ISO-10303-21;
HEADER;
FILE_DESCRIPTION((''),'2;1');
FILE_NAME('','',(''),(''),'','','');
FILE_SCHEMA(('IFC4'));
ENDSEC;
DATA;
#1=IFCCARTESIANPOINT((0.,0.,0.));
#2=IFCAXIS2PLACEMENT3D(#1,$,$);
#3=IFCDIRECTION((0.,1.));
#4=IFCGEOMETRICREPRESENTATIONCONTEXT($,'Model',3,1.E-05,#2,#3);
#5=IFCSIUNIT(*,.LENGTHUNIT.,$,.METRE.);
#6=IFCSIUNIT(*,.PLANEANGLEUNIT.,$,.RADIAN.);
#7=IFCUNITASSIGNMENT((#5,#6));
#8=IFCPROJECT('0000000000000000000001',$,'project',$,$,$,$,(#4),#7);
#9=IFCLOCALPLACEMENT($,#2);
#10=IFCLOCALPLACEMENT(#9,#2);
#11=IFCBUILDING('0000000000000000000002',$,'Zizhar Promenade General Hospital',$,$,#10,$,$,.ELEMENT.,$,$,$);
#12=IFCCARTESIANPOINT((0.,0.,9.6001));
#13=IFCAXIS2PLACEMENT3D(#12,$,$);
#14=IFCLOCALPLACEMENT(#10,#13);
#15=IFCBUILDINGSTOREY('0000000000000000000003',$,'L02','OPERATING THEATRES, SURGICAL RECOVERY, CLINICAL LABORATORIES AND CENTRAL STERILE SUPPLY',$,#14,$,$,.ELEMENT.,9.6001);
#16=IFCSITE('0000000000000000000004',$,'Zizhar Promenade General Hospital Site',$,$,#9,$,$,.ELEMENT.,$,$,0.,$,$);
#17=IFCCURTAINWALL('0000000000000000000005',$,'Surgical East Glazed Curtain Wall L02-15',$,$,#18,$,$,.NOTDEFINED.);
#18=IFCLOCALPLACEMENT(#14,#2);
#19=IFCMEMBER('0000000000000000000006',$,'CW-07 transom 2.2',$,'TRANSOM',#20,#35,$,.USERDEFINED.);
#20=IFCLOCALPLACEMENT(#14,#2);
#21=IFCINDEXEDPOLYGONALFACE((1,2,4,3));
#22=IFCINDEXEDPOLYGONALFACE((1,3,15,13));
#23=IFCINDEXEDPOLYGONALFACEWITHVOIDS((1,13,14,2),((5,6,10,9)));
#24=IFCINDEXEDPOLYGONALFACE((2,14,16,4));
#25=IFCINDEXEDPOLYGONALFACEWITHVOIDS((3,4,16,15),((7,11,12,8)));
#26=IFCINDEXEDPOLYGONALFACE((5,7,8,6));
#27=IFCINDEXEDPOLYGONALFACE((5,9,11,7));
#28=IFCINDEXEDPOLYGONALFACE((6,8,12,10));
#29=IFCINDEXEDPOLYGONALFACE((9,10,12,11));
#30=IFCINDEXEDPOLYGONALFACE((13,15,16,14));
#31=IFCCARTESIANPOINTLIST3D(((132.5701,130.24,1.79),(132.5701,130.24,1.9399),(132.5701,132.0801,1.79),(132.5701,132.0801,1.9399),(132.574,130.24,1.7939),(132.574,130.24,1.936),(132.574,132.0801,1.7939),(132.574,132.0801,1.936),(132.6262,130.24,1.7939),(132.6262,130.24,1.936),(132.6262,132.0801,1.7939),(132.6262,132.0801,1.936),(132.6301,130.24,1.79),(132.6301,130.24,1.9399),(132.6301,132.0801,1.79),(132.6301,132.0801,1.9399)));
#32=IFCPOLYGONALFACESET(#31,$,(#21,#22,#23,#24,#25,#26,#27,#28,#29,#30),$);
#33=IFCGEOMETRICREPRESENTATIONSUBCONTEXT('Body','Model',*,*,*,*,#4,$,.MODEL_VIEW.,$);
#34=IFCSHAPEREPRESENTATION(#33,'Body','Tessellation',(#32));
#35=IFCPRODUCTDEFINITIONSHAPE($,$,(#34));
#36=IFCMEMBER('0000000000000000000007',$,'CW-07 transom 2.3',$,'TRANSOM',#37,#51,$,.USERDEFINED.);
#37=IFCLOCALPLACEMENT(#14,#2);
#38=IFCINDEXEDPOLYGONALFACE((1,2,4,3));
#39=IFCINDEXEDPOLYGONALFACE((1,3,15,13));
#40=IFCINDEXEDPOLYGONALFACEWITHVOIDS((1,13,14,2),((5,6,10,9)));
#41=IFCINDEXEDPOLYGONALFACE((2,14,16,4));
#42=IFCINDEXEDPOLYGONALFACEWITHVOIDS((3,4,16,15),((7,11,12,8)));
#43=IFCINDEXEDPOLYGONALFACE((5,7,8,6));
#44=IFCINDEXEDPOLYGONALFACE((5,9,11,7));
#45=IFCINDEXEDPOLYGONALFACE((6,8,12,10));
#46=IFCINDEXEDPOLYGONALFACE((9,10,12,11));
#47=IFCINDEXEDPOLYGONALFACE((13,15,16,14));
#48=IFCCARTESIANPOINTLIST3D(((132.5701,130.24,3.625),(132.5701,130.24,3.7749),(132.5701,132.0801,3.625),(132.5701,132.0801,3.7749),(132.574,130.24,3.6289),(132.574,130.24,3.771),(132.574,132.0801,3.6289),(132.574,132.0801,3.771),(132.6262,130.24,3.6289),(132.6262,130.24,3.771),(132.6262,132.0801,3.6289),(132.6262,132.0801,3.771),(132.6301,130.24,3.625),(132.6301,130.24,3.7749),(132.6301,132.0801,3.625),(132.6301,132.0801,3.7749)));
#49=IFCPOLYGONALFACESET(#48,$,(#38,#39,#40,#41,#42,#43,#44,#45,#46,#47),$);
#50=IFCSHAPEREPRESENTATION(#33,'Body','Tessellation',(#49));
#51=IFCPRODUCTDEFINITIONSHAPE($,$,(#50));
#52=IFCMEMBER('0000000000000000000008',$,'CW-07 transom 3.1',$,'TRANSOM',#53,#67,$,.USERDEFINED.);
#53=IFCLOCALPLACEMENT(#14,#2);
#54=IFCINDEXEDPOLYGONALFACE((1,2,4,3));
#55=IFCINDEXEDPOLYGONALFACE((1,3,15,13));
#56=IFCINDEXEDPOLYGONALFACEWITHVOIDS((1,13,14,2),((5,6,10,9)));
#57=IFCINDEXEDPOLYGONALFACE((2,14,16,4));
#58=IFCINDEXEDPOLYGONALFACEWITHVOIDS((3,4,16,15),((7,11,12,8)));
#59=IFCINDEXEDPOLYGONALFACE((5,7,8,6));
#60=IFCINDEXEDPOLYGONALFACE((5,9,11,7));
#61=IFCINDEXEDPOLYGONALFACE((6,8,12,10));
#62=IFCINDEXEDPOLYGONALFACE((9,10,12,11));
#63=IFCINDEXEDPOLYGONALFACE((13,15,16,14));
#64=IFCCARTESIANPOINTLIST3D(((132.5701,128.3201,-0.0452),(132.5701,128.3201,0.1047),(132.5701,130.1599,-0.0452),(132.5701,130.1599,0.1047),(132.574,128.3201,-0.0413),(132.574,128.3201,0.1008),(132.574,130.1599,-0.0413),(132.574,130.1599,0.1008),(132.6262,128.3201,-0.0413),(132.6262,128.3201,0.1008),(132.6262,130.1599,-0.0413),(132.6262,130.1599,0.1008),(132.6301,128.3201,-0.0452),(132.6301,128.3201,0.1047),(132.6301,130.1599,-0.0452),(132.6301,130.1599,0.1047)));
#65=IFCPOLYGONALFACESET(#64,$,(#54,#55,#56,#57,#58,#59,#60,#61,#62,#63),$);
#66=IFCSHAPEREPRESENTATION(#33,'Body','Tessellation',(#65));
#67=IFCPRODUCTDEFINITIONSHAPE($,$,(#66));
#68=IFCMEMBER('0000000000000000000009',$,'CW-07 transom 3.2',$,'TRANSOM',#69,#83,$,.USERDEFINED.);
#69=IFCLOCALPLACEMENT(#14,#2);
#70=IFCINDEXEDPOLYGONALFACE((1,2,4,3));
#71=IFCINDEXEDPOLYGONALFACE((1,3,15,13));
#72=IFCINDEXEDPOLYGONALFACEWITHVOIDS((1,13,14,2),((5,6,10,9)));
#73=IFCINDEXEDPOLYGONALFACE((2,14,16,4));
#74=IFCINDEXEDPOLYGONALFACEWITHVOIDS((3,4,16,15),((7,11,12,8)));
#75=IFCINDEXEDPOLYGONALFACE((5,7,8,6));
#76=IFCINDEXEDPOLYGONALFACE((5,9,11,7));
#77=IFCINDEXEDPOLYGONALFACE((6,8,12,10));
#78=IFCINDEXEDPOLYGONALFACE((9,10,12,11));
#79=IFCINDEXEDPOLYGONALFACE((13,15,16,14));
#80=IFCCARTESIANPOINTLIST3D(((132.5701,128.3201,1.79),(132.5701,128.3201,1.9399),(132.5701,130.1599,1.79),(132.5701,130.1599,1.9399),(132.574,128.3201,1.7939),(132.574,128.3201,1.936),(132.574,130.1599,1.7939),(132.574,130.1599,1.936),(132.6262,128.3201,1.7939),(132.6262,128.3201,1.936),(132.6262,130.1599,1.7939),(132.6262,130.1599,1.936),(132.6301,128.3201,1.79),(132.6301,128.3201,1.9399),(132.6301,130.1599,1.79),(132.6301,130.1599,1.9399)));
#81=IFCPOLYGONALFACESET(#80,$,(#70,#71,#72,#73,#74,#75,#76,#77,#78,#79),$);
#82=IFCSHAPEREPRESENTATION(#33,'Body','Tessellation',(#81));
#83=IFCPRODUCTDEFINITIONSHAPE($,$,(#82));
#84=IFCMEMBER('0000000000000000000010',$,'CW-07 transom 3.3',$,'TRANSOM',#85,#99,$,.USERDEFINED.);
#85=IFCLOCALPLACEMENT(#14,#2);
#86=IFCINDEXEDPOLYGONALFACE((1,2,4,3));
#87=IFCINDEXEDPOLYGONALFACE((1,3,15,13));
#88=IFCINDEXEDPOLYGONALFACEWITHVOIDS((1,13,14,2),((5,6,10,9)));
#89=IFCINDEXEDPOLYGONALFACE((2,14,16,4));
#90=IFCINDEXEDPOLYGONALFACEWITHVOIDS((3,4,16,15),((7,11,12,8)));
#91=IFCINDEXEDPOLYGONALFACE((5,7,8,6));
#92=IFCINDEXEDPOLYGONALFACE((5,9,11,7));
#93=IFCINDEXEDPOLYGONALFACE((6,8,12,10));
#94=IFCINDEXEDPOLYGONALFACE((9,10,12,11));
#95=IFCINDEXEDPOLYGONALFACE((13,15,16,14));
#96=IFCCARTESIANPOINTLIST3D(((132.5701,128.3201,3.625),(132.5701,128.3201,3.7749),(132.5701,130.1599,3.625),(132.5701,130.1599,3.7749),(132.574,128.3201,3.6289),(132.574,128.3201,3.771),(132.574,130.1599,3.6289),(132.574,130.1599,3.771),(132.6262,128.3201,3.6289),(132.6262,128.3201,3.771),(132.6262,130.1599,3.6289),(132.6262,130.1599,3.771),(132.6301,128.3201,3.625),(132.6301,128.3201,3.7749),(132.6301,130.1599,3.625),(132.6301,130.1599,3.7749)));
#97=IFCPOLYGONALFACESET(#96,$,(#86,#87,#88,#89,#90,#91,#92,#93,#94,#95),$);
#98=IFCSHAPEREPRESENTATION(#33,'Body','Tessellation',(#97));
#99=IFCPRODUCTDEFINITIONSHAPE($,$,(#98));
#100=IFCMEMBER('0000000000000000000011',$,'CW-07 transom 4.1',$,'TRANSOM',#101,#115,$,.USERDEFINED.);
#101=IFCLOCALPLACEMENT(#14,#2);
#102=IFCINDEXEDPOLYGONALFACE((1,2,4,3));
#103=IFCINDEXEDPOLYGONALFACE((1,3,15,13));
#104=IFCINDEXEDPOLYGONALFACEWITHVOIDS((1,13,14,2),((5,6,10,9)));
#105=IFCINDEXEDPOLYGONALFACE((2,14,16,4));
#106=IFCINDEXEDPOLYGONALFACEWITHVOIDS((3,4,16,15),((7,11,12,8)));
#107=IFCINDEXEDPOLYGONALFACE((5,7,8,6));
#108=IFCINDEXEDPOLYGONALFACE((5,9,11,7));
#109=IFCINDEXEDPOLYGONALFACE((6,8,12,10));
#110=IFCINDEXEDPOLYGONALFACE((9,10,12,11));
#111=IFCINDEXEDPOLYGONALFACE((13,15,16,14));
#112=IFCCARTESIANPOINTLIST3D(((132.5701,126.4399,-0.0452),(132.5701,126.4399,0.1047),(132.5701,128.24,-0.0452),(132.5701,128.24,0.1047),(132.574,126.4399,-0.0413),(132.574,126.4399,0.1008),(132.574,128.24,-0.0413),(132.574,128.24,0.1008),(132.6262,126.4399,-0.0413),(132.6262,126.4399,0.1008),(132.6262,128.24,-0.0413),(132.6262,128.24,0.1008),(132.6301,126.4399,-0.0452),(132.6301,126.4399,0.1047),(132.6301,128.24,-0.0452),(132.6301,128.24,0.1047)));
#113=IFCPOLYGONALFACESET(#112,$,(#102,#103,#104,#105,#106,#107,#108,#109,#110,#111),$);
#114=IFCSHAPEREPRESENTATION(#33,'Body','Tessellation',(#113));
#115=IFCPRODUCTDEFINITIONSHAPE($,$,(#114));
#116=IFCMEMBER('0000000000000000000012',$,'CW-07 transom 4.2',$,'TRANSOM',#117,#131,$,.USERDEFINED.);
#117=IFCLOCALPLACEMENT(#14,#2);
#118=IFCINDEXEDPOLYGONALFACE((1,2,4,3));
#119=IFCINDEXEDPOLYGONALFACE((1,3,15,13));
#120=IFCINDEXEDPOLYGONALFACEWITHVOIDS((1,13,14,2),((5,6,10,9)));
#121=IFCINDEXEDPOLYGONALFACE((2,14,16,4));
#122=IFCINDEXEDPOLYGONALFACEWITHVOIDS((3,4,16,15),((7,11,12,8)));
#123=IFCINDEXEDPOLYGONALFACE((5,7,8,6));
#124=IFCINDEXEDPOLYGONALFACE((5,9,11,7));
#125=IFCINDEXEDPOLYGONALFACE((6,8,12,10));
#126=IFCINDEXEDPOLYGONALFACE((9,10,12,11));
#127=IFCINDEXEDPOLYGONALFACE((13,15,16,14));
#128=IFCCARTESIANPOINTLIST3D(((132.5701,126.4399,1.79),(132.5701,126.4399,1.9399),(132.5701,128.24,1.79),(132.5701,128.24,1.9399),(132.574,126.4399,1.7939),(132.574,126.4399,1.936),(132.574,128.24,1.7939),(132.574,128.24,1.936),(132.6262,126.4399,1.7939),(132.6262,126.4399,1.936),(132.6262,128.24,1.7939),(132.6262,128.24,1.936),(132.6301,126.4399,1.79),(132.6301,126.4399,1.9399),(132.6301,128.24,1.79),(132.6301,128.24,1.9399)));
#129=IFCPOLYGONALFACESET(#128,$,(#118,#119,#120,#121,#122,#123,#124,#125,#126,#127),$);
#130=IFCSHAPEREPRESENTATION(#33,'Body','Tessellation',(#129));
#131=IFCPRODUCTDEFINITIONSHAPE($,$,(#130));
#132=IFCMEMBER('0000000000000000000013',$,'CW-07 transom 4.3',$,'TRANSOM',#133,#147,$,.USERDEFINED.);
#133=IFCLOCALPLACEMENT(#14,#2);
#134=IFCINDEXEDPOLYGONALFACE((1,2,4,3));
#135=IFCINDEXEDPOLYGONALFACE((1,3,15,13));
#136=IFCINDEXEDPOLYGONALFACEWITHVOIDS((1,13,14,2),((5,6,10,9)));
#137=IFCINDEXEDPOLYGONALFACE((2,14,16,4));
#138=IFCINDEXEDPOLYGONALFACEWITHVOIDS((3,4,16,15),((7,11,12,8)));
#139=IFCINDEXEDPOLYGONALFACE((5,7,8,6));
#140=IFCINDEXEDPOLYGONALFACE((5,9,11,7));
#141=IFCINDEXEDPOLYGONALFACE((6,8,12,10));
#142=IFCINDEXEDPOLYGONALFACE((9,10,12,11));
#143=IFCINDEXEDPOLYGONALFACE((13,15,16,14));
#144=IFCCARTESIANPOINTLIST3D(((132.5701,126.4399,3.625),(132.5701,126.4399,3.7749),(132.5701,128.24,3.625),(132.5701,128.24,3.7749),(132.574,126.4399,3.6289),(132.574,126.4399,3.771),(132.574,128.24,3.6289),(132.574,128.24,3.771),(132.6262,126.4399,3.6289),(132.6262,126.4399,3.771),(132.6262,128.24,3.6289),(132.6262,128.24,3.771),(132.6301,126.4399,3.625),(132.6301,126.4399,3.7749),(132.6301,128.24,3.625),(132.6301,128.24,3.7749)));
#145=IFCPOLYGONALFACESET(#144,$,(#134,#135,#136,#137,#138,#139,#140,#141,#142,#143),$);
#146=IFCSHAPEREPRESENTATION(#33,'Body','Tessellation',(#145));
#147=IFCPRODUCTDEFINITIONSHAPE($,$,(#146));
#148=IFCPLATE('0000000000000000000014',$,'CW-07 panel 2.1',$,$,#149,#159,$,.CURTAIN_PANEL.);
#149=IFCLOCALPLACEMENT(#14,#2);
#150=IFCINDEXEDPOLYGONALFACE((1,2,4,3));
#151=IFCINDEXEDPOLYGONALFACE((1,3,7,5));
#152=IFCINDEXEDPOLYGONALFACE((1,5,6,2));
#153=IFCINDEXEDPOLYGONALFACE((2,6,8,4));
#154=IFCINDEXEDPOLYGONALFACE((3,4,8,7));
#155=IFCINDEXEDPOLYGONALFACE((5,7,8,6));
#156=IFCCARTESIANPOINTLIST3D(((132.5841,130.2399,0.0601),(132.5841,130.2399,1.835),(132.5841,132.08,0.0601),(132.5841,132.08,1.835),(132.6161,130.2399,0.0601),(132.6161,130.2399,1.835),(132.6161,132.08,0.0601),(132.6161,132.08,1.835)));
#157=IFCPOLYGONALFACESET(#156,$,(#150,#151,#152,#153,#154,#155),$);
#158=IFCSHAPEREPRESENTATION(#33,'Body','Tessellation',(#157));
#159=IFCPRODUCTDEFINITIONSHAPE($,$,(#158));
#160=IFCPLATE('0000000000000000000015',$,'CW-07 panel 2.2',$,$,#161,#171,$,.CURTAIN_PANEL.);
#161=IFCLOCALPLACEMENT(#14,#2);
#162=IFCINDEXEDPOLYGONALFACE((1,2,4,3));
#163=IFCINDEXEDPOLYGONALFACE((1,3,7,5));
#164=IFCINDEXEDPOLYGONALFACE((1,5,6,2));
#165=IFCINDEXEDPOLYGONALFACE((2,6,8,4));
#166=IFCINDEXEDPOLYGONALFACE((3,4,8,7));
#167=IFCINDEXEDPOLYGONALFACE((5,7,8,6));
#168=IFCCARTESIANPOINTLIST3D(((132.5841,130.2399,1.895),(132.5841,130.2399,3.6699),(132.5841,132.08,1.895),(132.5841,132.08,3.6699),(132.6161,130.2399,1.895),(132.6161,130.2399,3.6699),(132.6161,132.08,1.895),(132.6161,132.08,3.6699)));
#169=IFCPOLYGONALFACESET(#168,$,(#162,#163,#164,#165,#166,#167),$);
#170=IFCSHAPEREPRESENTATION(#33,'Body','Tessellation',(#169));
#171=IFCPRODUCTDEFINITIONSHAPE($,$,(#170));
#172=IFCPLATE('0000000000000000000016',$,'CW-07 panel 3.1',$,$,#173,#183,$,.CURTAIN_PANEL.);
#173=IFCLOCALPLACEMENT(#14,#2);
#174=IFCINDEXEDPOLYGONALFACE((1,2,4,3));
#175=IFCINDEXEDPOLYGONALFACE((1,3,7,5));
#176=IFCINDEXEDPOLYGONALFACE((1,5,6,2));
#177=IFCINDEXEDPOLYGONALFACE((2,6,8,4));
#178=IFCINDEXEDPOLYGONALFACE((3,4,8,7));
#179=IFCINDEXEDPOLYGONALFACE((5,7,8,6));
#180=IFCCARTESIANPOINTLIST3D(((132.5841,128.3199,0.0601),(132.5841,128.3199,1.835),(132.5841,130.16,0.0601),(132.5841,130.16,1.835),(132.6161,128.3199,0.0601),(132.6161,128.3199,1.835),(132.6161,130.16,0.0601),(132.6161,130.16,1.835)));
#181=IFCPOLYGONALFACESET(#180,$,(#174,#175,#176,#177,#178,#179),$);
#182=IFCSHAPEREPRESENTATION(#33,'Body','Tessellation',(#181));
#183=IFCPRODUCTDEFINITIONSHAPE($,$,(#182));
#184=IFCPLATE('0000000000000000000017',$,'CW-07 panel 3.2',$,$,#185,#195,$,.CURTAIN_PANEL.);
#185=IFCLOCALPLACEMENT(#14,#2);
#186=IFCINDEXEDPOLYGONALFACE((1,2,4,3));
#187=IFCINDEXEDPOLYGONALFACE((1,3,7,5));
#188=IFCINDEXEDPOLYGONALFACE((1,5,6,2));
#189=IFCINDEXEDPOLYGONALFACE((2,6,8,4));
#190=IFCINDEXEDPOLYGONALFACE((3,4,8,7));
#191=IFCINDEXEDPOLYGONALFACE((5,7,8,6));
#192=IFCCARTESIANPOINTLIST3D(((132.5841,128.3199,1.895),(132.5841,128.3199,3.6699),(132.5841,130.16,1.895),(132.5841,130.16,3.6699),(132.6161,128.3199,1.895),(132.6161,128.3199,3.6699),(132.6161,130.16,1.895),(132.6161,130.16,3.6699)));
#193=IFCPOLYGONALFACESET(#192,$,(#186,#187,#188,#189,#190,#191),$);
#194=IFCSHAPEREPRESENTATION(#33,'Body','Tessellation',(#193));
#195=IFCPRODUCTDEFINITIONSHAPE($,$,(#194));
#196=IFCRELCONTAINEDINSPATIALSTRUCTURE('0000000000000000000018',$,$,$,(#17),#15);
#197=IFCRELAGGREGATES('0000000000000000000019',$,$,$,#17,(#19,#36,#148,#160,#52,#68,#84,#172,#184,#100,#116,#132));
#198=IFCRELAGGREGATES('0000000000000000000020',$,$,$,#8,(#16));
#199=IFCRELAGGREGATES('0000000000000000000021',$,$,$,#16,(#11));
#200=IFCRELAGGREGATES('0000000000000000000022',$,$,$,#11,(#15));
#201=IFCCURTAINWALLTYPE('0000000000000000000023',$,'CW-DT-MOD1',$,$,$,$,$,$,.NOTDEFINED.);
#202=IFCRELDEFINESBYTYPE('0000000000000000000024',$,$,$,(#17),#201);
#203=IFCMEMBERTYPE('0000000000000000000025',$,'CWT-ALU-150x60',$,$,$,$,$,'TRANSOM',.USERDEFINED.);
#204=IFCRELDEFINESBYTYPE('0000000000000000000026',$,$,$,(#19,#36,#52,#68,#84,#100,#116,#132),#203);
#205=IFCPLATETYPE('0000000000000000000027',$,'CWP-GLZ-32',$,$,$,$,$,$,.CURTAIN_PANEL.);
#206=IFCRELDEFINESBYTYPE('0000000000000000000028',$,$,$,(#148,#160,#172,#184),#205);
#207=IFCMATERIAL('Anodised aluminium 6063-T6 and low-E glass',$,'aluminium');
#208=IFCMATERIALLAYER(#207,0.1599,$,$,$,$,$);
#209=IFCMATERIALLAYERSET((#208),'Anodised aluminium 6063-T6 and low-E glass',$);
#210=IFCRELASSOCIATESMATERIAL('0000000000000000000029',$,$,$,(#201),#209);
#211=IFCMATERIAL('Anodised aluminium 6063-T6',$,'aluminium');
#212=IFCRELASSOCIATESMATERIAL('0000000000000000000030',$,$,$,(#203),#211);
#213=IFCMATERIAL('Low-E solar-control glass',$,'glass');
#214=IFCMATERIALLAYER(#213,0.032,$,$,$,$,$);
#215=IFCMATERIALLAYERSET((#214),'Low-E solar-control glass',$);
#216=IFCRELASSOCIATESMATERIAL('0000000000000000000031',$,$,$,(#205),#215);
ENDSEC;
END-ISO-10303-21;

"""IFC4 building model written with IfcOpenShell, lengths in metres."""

from ifc_helpers import new_model, si_unit, direction, frame, origin, origin_2d, place, context, subcontext, project, spatial, rectangle, hollow_rectangle, extrude, material, layer, layer_set, material_profile, profile_set, type_object, element, aggregate, save


model = new_model("IFC4")

# Units and contexts
model_context = context("Model", 3, precision=1e-05, world=origin(), true_north=direction((0.0, 1.0)))
body_context = subcontext(model_context, "Body", "Model", "MODEL_VIEW")
ifc_project = project(units=[si_unit("LENGTHUNIT", "METRE"), si_unit("PLANEANGLEUNIT", "RADIAN")], contexts=[model_context])

# Site, building, storey
site_placement = place(None, origin())
site = spatial("IfcSite", under=ifc_project, at=site_placement, Name="Zizhar Promenade General Hospital Site", CompositionType="ELEMENT", RefElevation=0.0)
building_placement = place(site_placement, origin())
building = spatial("IfcBuilding", under=site, at=building_placement, Name="Zizhar Promenade General Hospital", CompositionType="ELEMENT")
storey_placement = place(building_placement, frame((0.0, 0.0, 9.6001)))
storey = spatial("IfcBuildingStorey", under=building, at=storey_placement, Name="L02", Description="OPERATING THEATRES, SURGICAL RECOVERY, CLINICAL LABORATORIES AND CENTRAL STERILE SUPPLY", CompositionType="ELEMENT", Elevation=9.6001)

# Shared definitions
ifc_material_1 = material(Name="Anodised aluminium 6063-T6 and low-E glass", Category="aluminium")
ifc_layer_1 = layer(ifc_material_1, 0.1599)
ifc_layer_set_1 = layer_set([ifc_layer_1], Name="Anodised aluminium 6063-T6 and low-E glass")
curtain_wall_type = type_object("IfcCurtainWallType", Name="CW-DT-MOD1", PredefinedType="NOTDEFINED", material=ifc_layer_set_1)

# Curtain wall
curtain_wall_1_placement = place(storey_placement, origin())
curtain_wall_1 = element("IfcCurtainWall", 1, at=curtain_wall_1_placement, inside=storey, type_object=curtain_wall_type, Name="Surgical East Glazed Curtain Wall L02-15", PredefinedType="NOTDEFINED")

# Members
ifc_material_2 = material(Name="Anodised aluminium 6063-T6", Category="aluminium")
ifc_material_profile_1 = material_profile(ifc_material_2, hollow_rectangle(XDim=0.0601, YDim=0.1499, WallThickness=0.0039, at=origin_2d()))
ifc_profile_set_1 = profile_set([ifc_material_profile_1], Name="Anodised aluminium 6063-T6")
member_type_1 = type_object("IfcMemberType", Name="CWT-ALU-150x60", ElementType="TRANSOM", PredefinedType="USERDEFINED", material=ifc_profile_set_1)
member_1_placement = place(storey_placement, frame((132.6001, 132.0801, 1.865), z_axis=(0.0, -1.0, 0.0), x_axis=(1.0, 0.0, 0.0)))
member_1 = element("IfcMember", 2, at=member_1_placement, type_object=member_type_1, Name="CW-07 transom 2.2", ObjectType="TRANSOM", PredefinedType="USERDEFINED", context=body_context, shape_type="SweptSolid", body=[
    extrude(hollow_rectangle(XDim=0.0601, YDim=0.1499, WallThickness=0.0039, at=origin_2d()), origin(), (0.0, 0.0, 1.0), 1.8401),
])
member_2_placement = place(storey_placement, frame((132.6001, 132.0801, 3.7), z_axis=(0.0, -1.0, 0.0), x_axis=(1.0, 0.0, 0.0)))
member_2 = element("IfcMember", 3, at=member_2_placement, type_object=member_type_1, Name="CW-07 transom 2.3", ObjectType="TRANSOM", PredefinedType="USERDEFINED", context=body_context, shape_type="SweptSolid", body=[
    extrude(hollow_rectangle(XDim=0.0601, YDim=0.1499, WallThickness=0.0039, at=origin_2d()), origin(), (0.0, 0.0, 1.0), 1.8401),
])
member_3_placement = place(storey_placement, frame((132.6001, 130.1599, 0.0298), z_axis=(0.0, -1.0, 0.0), x_axis=(1.0, 0.0, 0.0)))
member_3 = element("IfcMember", 4, at=member_3_placement, type_object=member_type_1, Name="CW-07 transom 3.1", ObjectType="TRANSOM", PredefinedType="USERDEFINED", context=body_context, shape_type="SweptSolid", body=[
    extrude(hollow_rectangle(XDim=0.0601, YDim=0.1499, WallThickness=0.0039, at=origin_2d()), origin(), (0.0, 0.0, 1.0), 1.8398),
])
member_4_placement = place(storey_placement, frame((132.6001, 130.1599, 1.865), z_axis=(0.0, -1.0, 0.0), x_axis=(1.0, 0.0, 0.0)))
member_4 = element("IfcMember", 5, at=member_4_placement, type_object=member_type_1, Name="CW-07 transom 3.2", ObjectType="TRANSOM", PredefinedType="USERDEFINED", context=body_context, shape_type="SweptSolid", body=[
    extrude(hollow_rectangle(XDim=0.0601, YDim=0.1499, WallThickness=0.0039, at=origin_2d()), origin(), (0.0, 0.0, 1.0), 1.8398),
])
member_5_placement = place(storey_placement, frame((132.6001, 130.1599, 3.7), z_axis=(0.0, -1.0, 0.0), x_axis=(1.0, 0.0, 0.0)))
member_5 = element("IfcMember", 6, at=member_5_placement, type_object=member_type_1, Name="CW-07 transom 3.3", ObjectType="TRANSOM", PredefinedType="USERDEFINED", context=body_context, shape_type="SweptSolid", body=[
    extrude(hollow_rectangle(XDim=0.0601, YDim=0.1499, WallThickness=0.0039, at=origin_2d()), origin(), (0.0, 0.0, 1.0), 1.8398),
])
member_6_placement = place(storey_placement, frame((132.6001, 128.24, 0.0298), z_axis=(0.0, -1.0, 0.0), x_axis=(1.0, 0.0, 0.0)))
member_6 = element("IfcMember", 7, at=member_6_placement, type_object=member_type_1, Name="CW-07 transom 4.1", ObjectType="TRANSOM", PredefinedType="USERDEFINED", context=body_context, shape_type="SweptSolid", body=[
    extrude(hollow_rectangle(XDim=0.0601, YDim=0.1499, WallThickness=0.0039, at=origin_2d()), origin(), (0.0, 0.0, 1.0), 1.8),
])
member_7_placement = place(storey_placement, frame((132.6001, 128.24, 1.865), z_axis=(0.0, -1.0, 0.0), x_axis=(1.0, 0.0, 0.0)))
member_7 = element("IfcMember", 8, at=member_7_placement, type_object=member_type_1, Name="CW-07 transom 4.2", ObjectType="TRANSOM", PredefinedType="USERDEFINED", context=body_context, shape_type="SweptSolid", body=[
    extrude(hollow_rectangle(XDim=0.0601, YDim=0.1499, WallThickness=0.0039, at=origin_2d()), origin(), (0.0, 0.0, 1.0), 1.8),
])
member_8_placement = place(storey_placement, frame((132.6001, 128.24, 3.7), z_axis=(0.0, -1.0, 0.0), x_axis=(1.0, 0.0, 0.0)))
member_8 = element("IfcMember", 9, at=member_8_placement, type_object=member_type_1, Name="CW-07 transom 4.3", ObjectType="TRANSOM", PredefinedType="USERDEFINED", context=body_context, shape_type="SweptSolid", body=[
    extrude(hollow_rectangle(XDim=0.0601, YDim=0.1499, WallThickness=0.0039, at=origin_2d()), origin(), (0.0, 0.0, 1.0), 1.8),
])

# Plates
ifc_material_3 = material(Name="Low-E solar-control glass", Category="glass")
ifc_layer_2 = layer(ifc_material_3, 0.032)
ifc_layer_set_2 = layer_set([ifc_layer_2], Name="Low-E solar-control glass")
plate_type = type_object("IfcPlateType", Name="CWP-GLZ-32", PredefinedType="CURTAIN_PANEL", material=ifc_layer_set_2)
plate_1_placement = place(storey_placement, frame((132.6001, 131.1599, 0.0601), z_axis=(0.0, 0.0, 1.0), x_axis=(0.0, -1.0, 0.0)))
plate_1 = element("IfcPlate", 10, at=plate_1_placement, type_object=plate_type, Name="CW-07 panel 2.1", PredefinedType="CURTAIN_PANEL", context=body_context, shape_type="SweptSolid", body=[
    extrude(rectangle(XDim=1.8401, YDim=0.032, at=origin_2d()), origin(), (0.0, 0.0, 1.0), 1.7749),
])
plate_2_placement = place(storey_placement, frame((132.6001, 131.1599, 1.895), z_axis=(0.0, 0.0, 1.0), x_axis=(0.0, -1.0, 0.0)))
plate_2 = element("IfcPlate", 11, at=plate_2_placement, type_object=plate_type, Name="CW-07 panel 2.2", PredefinedType="CURTAIN_PANEL", context=body_context, shape_type="SweptSolid", body=[
    extrude(rectangle(XDim=1.8401, YDim=0.032, at=origin_2d()), origin(), (0.0, 0.0, 1.0), 1.7749),
])
plate_3_placement = place(storey_placement, frame((132.6001, 129.24, 0.0601), z_axis=(0.0, 0.0, 1.0), x_axis=(0.0, -1.0, 0.0)))
plate_3 = element("IfcPlate", 12, at=plate_3_placement, type_object=plate_type, Name="CW-07 panel 3.1", PredefinedType="CURTAIN_PANEL", context=body_context, shape_type="SweptSolid", body=[
    extrude(rectangle(XDim=1.8401, YDim=0.032, at=origin_2d()), origin(), (0.0, 0.0, 1.0), 1.7749),
])
plate_4_placement = place(storey_placement, frame((132.6001, 129.24, 1.895), z_axis=(0.0, 0.0, 1.0), x_axis=(0.0, -1.0, 0.0)))
plate_4 = element("IfcPlate", 13, at=plate_4_placement, type_object=plate_type, Name="CW-07 panel 3.2", PredefinedType="CURTAIN_PANEL", context=body_context, shape_type="SweptSolid", body=[
    extrude(rectangle(XDim=1.8401, YDim=0.032, at=origin_2d()), origin(), (0.0, 0.0, 1.0), 1.7749),
])
aggregate(curtain_wall_1, [member_1, member_2, plate_1, plate_2, member_3, member_4, member_5, plate_3, plate_4, member_6, member_7, member_8])

save(model, "model.ifc")
